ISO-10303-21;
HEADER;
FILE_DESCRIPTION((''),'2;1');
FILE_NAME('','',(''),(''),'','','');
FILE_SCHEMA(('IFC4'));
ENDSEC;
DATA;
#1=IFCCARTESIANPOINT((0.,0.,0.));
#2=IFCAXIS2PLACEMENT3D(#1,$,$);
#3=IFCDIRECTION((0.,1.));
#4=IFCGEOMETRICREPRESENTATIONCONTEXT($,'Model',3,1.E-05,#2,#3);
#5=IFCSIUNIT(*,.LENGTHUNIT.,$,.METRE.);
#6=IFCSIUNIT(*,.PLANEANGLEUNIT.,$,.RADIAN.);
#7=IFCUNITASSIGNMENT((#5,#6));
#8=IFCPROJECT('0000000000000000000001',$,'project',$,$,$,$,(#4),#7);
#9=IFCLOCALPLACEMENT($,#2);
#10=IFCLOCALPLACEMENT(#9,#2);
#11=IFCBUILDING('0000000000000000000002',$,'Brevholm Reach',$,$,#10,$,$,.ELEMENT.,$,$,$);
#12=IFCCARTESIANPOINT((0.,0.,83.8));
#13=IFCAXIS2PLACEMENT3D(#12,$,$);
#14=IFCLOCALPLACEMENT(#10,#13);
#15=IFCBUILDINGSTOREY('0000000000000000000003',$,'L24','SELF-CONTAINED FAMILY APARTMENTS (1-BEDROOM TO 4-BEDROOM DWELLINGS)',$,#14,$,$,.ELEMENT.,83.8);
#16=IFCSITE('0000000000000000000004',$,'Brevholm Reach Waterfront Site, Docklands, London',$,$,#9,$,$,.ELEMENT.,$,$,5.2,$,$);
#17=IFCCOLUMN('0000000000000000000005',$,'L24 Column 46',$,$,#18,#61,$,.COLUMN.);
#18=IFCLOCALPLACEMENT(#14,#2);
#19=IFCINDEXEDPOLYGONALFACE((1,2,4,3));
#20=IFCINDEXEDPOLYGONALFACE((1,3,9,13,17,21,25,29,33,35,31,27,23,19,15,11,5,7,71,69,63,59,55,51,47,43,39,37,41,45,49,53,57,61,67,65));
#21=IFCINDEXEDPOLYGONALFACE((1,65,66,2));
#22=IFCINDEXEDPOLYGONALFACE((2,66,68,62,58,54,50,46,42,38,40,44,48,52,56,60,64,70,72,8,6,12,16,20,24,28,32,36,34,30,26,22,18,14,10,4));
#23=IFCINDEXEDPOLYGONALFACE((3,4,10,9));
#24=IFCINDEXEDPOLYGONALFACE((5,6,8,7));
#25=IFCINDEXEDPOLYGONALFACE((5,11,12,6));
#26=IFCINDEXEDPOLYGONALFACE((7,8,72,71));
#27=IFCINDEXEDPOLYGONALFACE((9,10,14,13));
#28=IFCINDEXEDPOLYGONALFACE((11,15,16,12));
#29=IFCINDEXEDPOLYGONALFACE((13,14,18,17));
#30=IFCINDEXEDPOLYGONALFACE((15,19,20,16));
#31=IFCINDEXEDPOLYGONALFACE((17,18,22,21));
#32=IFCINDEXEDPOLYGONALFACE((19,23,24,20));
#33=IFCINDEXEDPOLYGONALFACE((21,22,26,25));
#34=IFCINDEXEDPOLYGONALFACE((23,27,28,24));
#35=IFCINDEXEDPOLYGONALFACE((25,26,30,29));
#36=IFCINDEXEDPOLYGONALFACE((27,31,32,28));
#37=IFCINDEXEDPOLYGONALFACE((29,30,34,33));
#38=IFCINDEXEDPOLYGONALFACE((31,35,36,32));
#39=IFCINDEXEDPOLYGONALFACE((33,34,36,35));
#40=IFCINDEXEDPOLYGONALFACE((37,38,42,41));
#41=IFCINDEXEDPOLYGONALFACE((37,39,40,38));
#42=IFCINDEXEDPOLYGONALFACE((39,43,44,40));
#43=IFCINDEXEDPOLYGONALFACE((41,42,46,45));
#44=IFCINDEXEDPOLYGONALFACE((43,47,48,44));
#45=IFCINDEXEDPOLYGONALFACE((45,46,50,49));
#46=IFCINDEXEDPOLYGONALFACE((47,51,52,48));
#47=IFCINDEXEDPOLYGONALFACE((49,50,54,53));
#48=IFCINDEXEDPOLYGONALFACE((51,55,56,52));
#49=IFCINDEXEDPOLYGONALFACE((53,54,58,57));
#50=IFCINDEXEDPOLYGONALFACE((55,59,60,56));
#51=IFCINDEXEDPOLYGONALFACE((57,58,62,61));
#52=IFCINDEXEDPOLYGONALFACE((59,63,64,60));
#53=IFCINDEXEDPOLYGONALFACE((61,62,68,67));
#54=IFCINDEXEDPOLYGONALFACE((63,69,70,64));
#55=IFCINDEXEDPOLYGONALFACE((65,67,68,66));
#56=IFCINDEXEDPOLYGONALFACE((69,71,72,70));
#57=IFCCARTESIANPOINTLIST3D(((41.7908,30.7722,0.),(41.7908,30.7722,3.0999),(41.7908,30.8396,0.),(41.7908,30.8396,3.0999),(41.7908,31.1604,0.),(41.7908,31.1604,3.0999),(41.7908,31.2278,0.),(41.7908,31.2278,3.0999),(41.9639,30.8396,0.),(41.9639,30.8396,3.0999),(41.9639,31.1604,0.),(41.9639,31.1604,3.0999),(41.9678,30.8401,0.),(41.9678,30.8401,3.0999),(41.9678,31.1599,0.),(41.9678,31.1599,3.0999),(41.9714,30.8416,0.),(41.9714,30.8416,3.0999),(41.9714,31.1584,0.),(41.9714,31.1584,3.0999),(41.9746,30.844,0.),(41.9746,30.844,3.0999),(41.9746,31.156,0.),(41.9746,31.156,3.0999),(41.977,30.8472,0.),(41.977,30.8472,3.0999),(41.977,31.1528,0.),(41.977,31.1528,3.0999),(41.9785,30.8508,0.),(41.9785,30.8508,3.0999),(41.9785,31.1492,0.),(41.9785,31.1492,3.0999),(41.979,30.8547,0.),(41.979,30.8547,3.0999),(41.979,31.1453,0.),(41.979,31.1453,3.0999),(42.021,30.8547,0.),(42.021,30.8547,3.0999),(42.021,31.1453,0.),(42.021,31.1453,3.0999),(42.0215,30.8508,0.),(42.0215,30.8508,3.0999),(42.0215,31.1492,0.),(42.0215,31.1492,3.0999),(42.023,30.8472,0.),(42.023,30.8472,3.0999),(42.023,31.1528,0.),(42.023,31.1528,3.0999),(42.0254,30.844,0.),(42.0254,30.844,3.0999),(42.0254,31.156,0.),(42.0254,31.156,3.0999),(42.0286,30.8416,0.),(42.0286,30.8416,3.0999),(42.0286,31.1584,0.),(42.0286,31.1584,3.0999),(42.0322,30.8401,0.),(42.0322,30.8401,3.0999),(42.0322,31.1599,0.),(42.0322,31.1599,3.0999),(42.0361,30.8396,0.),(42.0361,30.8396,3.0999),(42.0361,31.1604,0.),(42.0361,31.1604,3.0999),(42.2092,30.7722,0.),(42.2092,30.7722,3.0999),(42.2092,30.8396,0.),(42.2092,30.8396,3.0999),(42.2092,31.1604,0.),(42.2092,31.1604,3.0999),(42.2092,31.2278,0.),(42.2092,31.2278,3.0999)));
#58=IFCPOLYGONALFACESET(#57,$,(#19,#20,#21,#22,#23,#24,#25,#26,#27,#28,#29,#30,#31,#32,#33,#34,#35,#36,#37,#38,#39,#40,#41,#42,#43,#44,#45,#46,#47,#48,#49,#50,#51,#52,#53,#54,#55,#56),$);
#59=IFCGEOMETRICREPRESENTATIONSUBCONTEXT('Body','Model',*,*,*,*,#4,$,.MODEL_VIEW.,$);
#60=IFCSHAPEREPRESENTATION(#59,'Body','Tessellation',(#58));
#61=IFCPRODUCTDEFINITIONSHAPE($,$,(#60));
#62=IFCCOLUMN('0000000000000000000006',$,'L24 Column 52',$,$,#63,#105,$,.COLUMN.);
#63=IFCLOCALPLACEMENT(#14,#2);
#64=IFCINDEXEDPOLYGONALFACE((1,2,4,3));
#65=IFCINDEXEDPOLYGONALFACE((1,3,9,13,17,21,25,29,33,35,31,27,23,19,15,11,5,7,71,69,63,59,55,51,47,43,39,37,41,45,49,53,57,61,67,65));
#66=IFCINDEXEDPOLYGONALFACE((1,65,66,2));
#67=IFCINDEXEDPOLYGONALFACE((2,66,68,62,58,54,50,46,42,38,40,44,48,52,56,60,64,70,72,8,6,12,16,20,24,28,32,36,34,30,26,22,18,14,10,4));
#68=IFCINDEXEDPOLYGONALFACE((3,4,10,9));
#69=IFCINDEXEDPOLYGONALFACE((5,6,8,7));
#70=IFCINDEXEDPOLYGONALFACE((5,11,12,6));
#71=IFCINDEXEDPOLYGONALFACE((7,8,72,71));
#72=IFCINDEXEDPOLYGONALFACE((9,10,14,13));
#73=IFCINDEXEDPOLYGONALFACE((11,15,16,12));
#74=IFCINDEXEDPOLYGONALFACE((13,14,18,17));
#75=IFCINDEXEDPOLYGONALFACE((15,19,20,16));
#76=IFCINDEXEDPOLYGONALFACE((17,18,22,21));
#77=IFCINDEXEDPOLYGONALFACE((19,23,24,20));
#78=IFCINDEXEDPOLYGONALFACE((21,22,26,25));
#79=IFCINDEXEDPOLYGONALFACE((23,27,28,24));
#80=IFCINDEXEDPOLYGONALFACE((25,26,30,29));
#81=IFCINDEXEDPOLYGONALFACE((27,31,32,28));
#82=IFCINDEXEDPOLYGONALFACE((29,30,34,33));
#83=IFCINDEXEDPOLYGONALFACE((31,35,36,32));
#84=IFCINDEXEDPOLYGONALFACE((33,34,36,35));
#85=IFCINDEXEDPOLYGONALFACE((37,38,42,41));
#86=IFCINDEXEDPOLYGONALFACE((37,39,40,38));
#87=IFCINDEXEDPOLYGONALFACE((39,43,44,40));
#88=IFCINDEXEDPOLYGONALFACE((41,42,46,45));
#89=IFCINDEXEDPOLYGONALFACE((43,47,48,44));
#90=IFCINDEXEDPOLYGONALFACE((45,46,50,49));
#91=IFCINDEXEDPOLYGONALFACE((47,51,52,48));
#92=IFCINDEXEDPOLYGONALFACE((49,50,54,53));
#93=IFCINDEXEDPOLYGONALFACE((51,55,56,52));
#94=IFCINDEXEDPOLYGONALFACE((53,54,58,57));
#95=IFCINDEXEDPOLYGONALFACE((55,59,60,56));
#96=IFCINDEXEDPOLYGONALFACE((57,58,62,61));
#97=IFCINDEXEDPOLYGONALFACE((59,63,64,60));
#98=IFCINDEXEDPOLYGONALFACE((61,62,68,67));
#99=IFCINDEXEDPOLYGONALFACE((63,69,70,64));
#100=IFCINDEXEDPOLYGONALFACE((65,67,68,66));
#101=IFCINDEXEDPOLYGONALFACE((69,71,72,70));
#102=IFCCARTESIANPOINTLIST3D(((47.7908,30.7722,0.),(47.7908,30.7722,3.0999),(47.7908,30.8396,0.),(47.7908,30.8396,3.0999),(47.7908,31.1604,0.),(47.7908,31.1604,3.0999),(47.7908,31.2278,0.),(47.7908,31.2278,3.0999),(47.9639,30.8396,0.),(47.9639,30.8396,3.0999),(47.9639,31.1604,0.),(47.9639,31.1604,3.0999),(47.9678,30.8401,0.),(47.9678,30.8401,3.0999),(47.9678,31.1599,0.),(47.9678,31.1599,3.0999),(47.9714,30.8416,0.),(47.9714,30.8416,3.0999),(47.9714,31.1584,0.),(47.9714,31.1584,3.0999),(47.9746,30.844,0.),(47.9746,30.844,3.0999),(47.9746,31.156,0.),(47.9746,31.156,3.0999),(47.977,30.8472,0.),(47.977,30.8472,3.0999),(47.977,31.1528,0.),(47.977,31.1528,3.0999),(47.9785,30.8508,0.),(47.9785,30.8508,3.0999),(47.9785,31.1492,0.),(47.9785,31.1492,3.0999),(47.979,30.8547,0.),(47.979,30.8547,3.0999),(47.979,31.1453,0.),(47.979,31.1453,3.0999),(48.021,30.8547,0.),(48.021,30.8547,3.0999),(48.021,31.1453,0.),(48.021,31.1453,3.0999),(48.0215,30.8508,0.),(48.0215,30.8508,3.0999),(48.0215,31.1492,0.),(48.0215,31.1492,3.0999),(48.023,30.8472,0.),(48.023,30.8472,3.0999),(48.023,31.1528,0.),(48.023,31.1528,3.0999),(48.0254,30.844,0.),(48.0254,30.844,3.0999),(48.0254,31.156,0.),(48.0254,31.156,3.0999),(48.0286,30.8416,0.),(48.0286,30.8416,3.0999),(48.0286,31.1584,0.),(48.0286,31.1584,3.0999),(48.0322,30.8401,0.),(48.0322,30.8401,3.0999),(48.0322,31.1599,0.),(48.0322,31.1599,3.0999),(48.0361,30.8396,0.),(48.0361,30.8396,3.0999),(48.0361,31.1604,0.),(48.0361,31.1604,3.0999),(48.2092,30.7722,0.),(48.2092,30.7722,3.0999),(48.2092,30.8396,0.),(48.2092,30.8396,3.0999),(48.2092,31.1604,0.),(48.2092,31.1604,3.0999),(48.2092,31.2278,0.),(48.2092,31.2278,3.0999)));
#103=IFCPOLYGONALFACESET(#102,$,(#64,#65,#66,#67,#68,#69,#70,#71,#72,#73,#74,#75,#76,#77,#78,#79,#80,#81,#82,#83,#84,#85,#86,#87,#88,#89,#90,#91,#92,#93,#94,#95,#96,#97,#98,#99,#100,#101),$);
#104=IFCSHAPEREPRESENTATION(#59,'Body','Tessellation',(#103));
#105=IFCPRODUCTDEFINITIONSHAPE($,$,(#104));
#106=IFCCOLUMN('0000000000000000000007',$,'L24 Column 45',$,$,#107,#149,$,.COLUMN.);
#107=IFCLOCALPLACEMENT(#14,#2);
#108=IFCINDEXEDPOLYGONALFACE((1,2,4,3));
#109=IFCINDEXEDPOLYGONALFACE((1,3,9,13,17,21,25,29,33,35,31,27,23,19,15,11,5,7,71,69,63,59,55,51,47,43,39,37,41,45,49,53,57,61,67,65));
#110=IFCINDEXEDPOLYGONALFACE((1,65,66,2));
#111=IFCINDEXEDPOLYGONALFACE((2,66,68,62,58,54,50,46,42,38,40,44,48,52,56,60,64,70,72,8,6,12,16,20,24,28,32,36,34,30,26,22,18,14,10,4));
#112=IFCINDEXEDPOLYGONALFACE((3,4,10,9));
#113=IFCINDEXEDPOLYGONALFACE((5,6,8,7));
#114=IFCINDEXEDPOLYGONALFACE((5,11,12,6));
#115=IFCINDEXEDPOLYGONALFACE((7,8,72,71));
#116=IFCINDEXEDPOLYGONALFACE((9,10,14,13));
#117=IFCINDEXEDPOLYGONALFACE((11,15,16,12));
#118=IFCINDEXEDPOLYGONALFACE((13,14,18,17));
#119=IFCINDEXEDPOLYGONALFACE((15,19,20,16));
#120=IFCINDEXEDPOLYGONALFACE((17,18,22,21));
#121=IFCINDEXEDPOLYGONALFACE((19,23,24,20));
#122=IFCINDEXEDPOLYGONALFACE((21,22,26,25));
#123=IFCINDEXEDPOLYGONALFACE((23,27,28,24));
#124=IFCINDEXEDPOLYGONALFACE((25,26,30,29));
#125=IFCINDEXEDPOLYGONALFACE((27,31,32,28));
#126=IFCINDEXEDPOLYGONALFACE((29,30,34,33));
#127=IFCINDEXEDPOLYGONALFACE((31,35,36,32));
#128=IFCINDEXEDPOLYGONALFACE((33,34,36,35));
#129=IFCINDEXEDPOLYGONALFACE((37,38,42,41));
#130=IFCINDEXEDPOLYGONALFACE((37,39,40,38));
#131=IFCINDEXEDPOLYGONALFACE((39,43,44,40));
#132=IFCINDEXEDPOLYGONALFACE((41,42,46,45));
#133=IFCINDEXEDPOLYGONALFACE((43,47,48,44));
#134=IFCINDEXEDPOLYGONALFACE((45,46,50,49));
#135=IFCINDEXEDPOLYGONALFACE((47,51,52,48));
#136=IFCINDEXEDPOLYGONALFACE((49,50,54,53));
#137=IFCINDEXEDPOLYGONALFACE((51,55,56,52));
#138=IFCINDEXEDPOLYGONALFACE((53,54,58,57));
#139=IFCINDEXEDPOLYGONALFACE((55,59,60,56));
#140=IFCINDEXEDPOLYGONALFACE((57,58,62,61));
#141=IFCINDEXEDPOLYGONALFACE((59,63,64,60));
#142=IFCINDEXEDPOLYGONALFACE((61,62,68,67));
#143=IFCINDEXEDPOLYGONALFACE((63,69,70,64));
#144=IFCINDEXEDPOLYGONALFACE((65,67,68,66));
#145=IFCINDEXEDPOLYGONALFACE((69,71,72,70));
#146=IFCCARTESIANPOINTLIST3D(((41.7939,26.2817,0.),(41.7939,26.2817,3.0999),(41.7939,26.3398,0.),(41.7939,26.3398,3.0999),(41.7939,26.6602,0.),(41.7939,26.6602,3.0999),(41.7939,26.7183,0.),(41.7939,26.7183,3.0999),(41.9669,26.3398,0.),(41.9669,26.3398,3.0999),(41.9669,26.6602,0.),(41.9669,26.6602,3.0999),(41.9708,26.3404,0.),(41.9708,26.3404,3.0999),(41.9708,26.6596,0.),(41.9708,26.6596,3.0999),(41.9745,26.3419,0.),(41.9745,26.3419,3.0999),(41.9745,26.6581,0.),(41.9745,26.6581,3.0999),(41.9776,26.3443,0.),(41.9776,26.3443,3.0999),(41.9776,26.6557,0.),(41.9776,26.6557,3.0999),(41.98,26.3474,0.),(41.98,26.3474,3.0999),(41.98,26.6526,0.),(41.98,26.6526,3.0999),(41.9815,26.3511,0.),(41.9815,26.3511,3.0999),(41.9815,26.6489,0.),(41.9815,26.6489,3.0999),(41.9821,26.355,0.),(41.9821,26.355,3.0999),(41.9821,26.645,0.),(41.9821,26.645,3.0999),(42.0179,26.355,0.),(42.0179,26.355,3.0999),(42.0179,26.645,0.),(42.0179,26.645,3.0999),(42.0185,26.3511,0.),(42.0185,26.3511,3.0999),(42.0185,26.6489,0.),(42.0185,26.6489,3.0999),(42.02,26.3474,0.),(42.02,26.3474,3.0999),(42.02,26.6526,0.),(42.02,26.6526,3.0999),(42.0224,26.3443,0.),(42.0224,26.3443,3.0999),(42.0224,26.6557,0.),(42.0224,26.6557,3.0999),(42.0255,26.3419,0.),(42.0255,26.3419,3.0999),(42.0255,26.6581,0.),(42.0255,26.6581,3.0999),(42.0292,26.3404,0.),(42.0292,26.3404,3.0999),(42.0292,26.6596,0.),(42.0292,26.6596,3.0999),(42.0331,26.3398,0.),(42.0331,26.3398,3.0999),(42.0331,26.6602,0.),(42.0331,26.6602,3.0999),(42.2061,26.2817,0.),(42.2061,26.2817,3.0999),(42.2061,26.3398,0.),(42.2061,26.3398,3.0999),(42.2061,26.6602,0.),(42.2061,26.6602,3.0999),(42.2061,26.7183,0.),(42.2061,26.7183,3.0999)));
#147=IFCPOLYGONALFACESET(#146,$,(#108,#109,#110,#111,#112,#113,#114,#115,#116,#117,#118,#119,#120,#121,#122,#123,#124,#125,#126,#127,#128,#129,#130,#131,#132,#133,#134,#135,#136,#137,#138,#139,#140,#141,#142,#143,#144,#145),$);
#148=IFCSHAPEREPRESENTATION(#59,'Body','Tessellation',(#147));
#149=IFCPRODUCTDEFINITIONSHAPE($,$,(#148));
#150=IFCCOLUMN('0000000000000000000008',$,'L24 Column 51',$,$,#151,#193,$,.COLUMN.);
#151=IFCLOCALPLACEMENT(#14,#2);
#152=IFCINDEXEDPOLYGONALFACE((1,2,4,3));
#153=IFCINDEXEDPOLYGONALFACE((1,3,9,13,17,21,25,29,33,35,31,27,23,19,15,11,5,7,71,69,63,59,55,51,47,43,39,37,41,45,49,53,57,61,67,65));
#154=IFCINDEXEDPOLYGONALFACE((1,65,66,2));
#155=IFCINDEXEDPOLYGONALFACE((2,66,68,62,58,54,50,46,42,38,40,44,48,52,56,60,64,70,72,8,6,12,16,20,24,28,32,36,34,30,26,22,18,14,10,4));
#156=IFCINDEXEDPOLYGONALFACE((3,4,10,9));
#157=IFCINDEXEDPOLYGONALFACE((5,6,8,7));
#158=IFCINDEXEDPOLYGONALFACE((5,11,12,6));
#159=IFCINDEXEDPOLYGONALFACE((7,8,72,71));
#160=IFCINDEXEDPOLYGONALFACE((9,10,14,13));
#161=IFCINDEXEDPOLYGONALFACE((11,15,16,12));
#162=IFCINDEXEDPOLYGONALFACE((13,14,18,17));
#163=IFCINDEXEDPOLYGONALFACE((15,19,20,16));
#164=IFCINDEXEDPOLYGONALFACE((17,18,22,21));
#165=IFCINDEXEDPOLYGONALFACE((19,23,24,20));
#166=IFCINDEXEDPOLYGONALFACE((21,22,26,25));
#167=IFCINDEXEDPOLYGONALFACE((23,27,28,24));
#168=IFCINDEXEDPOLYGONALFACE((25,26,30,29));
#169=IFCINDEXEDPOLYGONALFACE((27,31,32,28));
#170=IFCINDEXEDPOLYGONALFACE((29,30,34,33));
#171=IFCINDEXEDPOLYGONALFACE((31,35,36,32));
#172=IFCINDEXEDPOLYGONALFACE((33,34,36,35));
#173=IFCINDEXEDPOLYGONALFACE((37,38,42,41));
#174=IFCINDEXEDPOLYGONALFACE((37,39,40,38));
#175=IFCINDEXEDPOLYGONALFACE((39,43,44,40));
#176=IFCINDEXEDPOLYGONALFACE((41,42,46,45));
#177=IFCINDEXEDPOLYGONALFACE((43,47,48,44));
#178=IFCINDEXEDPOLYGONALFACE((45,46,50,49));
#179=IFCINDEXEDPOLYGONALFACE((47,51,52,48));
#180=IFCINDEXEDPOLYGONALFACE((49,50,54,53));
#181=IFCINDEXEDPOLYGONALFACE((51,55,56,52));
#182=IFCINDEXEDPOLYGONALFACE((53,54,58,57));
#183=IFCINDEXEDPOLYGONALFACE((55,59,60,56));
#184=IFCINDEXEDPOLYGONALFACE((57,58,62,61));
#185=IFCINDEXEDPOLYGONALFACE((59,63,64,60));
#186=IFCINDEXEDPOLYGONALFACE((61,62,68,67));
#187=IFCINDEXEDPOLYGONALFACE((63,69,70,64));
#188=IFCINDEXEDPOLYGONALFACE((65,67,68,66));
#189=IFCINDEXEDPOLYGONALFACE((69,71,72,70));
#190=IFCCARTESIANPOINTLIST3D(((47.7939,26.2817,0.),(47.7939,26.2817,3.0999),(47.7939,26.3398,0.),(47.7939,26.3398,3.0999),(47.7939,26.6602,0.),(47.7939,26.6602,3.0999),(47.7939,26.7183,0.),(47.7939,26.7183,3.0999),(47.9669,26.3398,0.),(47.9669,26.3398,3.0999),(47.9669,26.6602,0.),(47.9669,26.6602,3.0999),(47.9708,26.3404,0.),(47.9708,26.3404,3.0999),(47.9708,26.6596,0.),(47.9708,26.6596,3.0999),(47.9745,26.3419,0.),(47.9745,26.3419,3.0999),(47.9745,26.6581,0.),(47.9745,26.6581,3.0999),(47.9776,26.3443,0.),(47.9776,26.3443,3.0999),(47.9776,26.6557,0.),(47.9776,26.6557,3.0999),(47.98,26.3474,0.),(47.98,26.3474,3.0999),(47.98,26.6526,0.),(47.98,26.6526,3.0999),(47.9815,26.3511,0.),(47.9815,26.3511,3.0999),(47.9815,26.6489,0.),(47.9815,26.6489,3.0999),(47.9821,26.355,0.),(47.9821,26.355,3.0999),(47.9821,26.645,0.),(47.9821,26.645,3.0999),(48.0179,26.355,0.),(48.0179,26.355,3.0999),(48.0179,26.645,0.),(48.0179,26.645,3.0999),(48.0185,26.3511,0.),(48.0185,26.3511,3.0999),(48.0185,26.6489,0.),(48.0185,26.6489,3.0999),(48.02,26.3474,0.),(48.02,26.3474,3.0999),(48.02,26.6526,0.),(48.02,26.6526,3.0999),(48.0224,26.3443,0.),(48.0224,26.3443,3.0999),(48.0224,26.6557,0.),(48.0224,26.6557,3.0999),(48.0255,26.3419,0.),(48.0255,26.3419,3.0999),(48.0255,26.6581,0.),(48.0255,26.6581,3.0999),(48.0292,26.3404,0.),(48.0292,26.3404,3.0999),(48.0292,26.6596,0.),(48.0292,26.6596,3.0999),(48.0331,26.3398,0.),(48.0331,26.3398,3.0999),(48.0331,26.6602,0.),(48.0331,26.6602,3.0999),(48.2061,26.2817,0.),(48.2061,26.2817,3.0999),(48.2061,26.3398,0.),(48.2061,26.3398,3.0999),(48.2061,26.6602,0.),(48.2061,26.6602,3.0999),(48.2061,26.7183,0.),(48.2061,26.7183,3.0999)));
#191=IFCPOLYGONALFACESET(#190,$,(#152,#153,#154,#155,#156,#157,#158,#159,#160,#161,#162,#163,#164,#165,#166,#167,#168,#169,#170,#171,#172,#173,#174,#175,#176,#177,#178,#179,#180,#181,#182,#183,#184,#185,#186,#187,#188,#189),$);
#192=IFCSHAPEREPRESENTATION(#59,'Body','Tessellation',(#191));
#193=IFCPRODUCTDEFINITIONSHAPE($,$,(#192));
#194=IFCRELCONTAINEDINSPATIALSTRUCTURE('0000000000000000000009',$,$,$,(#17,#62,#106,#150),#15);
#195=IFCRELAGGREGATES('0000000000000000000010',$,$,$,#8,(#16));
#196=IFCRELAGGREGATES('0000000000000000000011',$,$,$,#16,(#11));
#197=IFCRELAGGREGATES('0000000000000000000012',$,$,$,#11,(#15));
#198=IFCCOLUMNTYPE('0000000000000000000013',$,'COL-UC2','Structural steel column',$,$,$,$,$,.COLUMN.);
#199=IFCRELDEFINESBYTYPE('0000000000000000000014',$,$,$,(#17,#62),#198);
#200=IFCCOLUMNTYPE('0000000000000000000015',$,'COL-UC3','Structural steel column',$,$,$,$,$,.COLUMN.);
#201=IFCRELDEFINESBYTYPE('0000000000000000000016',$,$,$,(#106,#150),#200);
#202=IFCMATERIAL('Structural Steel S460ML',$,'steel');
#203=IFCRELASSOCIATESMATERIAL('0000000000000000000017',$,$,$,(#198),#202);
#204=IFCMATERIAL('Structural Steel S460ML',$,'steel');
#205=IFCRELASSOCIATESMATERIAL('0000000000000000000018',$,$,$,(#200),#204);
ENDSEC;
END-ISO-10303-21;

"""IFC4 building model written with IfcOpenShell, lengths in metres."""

from ifc_helpers import new_model, si_unit, direction, frame, origin, origin_2d, place, context, subcontext, project, spatial, i_section, extrude, material, material_profile, profile_set, type_object, element, save


model = new_model("IFC4")

# Units and contexts
model_context = context("Model", 3, precision=1e-05, world=origin(), true_north=direction((0.0, 1.0)))
body_context = subcontext(model_context, "Body", "Model", "MODEL_VIEW")
ifc_project = project(units=[si_unit("LENGTHUNIT", "METRE"), si_unit("PLANEANGLEUNIT", "RADIAN")], contexts=[model_context])

# Site, building, storey
site_placement = place(None, origin())
site = spatial("IfcSite", under=ifc_project, at=site_placement, Name="Brevholm Reach Waterfront Site, Docklands, London", CompositionType="ELEMENT", RefElevation=5.2)
building_placement = place(site_placement, origin())
building = spatial("IfcBuilding", under=site, at=building_placement, Name="Brevholm Reach", CompositionType="ELEMENT")
storey_placement = place(building_placement, frame((0.0, 0.0, 83.8)))
storey = spatial("IfcBuildingStorey", under=building, at=storey_placement, Name="L24", Description="SELF-CONTAINED FAMILY APARTMENTS (1-BEDROOM TO 4-BEDROOM DWELLINGS)", CompositionType="ELEMENT", Elevation=83.8)

# Columns
ifc_material_1 = material(Name="Structural Steel S460ML", Category="steel")
ifc_material_profile_1 = material_profile(ifc_material_1, i_section(OverallWidth=0.4185, OverallDepth=0.4556, WebThickness=0.042, FlangeThickness=0.0674, FilletRadius=0.0151, at=origin_2d()), Name="UKC 356x406x551")
ifc_profile_set_1 = profile_set([ifc_material_profile_1], Name="Structural Steel S460ML")
column_type_1 = type_object("IfcColumnType", Name="COL-UC2", Description="Structural steel column", PredefinedType="COLUMN", material=ifc_profile_set_1)
for number, where, z_axis, x_axis, name in (
    (1, (42.0, 31.0, 0.0), (0.0, 0.0, 1.0), (1.0, 0.0, 0.0), "L24 Column 46"),
    (2, (48.0, 31.0, 0.0), (0.0, 0.0, 1.0), (1.0, 0.0, 0.0), "L24 Column 52"),
):
    element("IfcColumn", number, at=place(storey_placement, frame(where, z_axis=z_axis, x_axis=x_axis)), inside=storey, type_object=column_type_1, Name=name, PredefinedType="COLUMN", context=body_context, shape_type="SweptSolid", body=[
        extrude(i_section(OverallWidth=0.4185, OverallDepth=0.4556, WebThickness=0.042, FlangeThickness=0.0674, FilletRadius=0.0151, at=origin_2d()), origin(), (0.0, 0.0, 1.0), 3.0999),
    ])
ifc_material_2 = material(Name="Structural Steel S460ML", Category="steel")
ifc_material_profile_2 = material_profile(ifc_material_2, i_section(OverallWidth=0.4121, OverallDepth=0.4365, WebThickness=0.0359, FlangeThickness=0.0581, FilletRadius=0.0151, at=origin_2d()), Name="UKC 356x406x467")
ifc_profile_set_2 = profile_set([ifc_material_profile_2], Name="Structural Steel S460ML")
column_type_2 = type_object("IfcColumnType", Name="COL-UC3", Description="Structural steel column", PredefinedType="COLUMN", material=ifc_profile_set_2)
for number, where, z_axis, x_axis, name in (
    (3, (42.0, 26.5, 0.0), (0.0, 0.0, 1.0), (1.0, 0.0, 0.0), "L24 Column 45"),
    (4, (48.0, 26.5, 0.0), (0.0, 0.0, 1.0), (1.0, 0.0, 0.0), "L24 Column 51"),
):
    element("IfcColumn", number, at=place(storey_placement, frame(where, z_axis=z_axis, x_axis=x_axis)), inside=storey, type_object=column_type_2, Name=name, PredefinedType="COLUMN", context=body_context, shape_type="SweptSolid", body=[
        extrude(i_section(OverallWidth=0.4121, OverallDepth=0.4365, WebThickness=0.0359, FlangeThickness=0.0581, FilletRadius=0.0151, at=origin_2d()), origin(), (0.0, 0.0, 1.0), 3.0999),
    ])

save(model, "model.ifc")
